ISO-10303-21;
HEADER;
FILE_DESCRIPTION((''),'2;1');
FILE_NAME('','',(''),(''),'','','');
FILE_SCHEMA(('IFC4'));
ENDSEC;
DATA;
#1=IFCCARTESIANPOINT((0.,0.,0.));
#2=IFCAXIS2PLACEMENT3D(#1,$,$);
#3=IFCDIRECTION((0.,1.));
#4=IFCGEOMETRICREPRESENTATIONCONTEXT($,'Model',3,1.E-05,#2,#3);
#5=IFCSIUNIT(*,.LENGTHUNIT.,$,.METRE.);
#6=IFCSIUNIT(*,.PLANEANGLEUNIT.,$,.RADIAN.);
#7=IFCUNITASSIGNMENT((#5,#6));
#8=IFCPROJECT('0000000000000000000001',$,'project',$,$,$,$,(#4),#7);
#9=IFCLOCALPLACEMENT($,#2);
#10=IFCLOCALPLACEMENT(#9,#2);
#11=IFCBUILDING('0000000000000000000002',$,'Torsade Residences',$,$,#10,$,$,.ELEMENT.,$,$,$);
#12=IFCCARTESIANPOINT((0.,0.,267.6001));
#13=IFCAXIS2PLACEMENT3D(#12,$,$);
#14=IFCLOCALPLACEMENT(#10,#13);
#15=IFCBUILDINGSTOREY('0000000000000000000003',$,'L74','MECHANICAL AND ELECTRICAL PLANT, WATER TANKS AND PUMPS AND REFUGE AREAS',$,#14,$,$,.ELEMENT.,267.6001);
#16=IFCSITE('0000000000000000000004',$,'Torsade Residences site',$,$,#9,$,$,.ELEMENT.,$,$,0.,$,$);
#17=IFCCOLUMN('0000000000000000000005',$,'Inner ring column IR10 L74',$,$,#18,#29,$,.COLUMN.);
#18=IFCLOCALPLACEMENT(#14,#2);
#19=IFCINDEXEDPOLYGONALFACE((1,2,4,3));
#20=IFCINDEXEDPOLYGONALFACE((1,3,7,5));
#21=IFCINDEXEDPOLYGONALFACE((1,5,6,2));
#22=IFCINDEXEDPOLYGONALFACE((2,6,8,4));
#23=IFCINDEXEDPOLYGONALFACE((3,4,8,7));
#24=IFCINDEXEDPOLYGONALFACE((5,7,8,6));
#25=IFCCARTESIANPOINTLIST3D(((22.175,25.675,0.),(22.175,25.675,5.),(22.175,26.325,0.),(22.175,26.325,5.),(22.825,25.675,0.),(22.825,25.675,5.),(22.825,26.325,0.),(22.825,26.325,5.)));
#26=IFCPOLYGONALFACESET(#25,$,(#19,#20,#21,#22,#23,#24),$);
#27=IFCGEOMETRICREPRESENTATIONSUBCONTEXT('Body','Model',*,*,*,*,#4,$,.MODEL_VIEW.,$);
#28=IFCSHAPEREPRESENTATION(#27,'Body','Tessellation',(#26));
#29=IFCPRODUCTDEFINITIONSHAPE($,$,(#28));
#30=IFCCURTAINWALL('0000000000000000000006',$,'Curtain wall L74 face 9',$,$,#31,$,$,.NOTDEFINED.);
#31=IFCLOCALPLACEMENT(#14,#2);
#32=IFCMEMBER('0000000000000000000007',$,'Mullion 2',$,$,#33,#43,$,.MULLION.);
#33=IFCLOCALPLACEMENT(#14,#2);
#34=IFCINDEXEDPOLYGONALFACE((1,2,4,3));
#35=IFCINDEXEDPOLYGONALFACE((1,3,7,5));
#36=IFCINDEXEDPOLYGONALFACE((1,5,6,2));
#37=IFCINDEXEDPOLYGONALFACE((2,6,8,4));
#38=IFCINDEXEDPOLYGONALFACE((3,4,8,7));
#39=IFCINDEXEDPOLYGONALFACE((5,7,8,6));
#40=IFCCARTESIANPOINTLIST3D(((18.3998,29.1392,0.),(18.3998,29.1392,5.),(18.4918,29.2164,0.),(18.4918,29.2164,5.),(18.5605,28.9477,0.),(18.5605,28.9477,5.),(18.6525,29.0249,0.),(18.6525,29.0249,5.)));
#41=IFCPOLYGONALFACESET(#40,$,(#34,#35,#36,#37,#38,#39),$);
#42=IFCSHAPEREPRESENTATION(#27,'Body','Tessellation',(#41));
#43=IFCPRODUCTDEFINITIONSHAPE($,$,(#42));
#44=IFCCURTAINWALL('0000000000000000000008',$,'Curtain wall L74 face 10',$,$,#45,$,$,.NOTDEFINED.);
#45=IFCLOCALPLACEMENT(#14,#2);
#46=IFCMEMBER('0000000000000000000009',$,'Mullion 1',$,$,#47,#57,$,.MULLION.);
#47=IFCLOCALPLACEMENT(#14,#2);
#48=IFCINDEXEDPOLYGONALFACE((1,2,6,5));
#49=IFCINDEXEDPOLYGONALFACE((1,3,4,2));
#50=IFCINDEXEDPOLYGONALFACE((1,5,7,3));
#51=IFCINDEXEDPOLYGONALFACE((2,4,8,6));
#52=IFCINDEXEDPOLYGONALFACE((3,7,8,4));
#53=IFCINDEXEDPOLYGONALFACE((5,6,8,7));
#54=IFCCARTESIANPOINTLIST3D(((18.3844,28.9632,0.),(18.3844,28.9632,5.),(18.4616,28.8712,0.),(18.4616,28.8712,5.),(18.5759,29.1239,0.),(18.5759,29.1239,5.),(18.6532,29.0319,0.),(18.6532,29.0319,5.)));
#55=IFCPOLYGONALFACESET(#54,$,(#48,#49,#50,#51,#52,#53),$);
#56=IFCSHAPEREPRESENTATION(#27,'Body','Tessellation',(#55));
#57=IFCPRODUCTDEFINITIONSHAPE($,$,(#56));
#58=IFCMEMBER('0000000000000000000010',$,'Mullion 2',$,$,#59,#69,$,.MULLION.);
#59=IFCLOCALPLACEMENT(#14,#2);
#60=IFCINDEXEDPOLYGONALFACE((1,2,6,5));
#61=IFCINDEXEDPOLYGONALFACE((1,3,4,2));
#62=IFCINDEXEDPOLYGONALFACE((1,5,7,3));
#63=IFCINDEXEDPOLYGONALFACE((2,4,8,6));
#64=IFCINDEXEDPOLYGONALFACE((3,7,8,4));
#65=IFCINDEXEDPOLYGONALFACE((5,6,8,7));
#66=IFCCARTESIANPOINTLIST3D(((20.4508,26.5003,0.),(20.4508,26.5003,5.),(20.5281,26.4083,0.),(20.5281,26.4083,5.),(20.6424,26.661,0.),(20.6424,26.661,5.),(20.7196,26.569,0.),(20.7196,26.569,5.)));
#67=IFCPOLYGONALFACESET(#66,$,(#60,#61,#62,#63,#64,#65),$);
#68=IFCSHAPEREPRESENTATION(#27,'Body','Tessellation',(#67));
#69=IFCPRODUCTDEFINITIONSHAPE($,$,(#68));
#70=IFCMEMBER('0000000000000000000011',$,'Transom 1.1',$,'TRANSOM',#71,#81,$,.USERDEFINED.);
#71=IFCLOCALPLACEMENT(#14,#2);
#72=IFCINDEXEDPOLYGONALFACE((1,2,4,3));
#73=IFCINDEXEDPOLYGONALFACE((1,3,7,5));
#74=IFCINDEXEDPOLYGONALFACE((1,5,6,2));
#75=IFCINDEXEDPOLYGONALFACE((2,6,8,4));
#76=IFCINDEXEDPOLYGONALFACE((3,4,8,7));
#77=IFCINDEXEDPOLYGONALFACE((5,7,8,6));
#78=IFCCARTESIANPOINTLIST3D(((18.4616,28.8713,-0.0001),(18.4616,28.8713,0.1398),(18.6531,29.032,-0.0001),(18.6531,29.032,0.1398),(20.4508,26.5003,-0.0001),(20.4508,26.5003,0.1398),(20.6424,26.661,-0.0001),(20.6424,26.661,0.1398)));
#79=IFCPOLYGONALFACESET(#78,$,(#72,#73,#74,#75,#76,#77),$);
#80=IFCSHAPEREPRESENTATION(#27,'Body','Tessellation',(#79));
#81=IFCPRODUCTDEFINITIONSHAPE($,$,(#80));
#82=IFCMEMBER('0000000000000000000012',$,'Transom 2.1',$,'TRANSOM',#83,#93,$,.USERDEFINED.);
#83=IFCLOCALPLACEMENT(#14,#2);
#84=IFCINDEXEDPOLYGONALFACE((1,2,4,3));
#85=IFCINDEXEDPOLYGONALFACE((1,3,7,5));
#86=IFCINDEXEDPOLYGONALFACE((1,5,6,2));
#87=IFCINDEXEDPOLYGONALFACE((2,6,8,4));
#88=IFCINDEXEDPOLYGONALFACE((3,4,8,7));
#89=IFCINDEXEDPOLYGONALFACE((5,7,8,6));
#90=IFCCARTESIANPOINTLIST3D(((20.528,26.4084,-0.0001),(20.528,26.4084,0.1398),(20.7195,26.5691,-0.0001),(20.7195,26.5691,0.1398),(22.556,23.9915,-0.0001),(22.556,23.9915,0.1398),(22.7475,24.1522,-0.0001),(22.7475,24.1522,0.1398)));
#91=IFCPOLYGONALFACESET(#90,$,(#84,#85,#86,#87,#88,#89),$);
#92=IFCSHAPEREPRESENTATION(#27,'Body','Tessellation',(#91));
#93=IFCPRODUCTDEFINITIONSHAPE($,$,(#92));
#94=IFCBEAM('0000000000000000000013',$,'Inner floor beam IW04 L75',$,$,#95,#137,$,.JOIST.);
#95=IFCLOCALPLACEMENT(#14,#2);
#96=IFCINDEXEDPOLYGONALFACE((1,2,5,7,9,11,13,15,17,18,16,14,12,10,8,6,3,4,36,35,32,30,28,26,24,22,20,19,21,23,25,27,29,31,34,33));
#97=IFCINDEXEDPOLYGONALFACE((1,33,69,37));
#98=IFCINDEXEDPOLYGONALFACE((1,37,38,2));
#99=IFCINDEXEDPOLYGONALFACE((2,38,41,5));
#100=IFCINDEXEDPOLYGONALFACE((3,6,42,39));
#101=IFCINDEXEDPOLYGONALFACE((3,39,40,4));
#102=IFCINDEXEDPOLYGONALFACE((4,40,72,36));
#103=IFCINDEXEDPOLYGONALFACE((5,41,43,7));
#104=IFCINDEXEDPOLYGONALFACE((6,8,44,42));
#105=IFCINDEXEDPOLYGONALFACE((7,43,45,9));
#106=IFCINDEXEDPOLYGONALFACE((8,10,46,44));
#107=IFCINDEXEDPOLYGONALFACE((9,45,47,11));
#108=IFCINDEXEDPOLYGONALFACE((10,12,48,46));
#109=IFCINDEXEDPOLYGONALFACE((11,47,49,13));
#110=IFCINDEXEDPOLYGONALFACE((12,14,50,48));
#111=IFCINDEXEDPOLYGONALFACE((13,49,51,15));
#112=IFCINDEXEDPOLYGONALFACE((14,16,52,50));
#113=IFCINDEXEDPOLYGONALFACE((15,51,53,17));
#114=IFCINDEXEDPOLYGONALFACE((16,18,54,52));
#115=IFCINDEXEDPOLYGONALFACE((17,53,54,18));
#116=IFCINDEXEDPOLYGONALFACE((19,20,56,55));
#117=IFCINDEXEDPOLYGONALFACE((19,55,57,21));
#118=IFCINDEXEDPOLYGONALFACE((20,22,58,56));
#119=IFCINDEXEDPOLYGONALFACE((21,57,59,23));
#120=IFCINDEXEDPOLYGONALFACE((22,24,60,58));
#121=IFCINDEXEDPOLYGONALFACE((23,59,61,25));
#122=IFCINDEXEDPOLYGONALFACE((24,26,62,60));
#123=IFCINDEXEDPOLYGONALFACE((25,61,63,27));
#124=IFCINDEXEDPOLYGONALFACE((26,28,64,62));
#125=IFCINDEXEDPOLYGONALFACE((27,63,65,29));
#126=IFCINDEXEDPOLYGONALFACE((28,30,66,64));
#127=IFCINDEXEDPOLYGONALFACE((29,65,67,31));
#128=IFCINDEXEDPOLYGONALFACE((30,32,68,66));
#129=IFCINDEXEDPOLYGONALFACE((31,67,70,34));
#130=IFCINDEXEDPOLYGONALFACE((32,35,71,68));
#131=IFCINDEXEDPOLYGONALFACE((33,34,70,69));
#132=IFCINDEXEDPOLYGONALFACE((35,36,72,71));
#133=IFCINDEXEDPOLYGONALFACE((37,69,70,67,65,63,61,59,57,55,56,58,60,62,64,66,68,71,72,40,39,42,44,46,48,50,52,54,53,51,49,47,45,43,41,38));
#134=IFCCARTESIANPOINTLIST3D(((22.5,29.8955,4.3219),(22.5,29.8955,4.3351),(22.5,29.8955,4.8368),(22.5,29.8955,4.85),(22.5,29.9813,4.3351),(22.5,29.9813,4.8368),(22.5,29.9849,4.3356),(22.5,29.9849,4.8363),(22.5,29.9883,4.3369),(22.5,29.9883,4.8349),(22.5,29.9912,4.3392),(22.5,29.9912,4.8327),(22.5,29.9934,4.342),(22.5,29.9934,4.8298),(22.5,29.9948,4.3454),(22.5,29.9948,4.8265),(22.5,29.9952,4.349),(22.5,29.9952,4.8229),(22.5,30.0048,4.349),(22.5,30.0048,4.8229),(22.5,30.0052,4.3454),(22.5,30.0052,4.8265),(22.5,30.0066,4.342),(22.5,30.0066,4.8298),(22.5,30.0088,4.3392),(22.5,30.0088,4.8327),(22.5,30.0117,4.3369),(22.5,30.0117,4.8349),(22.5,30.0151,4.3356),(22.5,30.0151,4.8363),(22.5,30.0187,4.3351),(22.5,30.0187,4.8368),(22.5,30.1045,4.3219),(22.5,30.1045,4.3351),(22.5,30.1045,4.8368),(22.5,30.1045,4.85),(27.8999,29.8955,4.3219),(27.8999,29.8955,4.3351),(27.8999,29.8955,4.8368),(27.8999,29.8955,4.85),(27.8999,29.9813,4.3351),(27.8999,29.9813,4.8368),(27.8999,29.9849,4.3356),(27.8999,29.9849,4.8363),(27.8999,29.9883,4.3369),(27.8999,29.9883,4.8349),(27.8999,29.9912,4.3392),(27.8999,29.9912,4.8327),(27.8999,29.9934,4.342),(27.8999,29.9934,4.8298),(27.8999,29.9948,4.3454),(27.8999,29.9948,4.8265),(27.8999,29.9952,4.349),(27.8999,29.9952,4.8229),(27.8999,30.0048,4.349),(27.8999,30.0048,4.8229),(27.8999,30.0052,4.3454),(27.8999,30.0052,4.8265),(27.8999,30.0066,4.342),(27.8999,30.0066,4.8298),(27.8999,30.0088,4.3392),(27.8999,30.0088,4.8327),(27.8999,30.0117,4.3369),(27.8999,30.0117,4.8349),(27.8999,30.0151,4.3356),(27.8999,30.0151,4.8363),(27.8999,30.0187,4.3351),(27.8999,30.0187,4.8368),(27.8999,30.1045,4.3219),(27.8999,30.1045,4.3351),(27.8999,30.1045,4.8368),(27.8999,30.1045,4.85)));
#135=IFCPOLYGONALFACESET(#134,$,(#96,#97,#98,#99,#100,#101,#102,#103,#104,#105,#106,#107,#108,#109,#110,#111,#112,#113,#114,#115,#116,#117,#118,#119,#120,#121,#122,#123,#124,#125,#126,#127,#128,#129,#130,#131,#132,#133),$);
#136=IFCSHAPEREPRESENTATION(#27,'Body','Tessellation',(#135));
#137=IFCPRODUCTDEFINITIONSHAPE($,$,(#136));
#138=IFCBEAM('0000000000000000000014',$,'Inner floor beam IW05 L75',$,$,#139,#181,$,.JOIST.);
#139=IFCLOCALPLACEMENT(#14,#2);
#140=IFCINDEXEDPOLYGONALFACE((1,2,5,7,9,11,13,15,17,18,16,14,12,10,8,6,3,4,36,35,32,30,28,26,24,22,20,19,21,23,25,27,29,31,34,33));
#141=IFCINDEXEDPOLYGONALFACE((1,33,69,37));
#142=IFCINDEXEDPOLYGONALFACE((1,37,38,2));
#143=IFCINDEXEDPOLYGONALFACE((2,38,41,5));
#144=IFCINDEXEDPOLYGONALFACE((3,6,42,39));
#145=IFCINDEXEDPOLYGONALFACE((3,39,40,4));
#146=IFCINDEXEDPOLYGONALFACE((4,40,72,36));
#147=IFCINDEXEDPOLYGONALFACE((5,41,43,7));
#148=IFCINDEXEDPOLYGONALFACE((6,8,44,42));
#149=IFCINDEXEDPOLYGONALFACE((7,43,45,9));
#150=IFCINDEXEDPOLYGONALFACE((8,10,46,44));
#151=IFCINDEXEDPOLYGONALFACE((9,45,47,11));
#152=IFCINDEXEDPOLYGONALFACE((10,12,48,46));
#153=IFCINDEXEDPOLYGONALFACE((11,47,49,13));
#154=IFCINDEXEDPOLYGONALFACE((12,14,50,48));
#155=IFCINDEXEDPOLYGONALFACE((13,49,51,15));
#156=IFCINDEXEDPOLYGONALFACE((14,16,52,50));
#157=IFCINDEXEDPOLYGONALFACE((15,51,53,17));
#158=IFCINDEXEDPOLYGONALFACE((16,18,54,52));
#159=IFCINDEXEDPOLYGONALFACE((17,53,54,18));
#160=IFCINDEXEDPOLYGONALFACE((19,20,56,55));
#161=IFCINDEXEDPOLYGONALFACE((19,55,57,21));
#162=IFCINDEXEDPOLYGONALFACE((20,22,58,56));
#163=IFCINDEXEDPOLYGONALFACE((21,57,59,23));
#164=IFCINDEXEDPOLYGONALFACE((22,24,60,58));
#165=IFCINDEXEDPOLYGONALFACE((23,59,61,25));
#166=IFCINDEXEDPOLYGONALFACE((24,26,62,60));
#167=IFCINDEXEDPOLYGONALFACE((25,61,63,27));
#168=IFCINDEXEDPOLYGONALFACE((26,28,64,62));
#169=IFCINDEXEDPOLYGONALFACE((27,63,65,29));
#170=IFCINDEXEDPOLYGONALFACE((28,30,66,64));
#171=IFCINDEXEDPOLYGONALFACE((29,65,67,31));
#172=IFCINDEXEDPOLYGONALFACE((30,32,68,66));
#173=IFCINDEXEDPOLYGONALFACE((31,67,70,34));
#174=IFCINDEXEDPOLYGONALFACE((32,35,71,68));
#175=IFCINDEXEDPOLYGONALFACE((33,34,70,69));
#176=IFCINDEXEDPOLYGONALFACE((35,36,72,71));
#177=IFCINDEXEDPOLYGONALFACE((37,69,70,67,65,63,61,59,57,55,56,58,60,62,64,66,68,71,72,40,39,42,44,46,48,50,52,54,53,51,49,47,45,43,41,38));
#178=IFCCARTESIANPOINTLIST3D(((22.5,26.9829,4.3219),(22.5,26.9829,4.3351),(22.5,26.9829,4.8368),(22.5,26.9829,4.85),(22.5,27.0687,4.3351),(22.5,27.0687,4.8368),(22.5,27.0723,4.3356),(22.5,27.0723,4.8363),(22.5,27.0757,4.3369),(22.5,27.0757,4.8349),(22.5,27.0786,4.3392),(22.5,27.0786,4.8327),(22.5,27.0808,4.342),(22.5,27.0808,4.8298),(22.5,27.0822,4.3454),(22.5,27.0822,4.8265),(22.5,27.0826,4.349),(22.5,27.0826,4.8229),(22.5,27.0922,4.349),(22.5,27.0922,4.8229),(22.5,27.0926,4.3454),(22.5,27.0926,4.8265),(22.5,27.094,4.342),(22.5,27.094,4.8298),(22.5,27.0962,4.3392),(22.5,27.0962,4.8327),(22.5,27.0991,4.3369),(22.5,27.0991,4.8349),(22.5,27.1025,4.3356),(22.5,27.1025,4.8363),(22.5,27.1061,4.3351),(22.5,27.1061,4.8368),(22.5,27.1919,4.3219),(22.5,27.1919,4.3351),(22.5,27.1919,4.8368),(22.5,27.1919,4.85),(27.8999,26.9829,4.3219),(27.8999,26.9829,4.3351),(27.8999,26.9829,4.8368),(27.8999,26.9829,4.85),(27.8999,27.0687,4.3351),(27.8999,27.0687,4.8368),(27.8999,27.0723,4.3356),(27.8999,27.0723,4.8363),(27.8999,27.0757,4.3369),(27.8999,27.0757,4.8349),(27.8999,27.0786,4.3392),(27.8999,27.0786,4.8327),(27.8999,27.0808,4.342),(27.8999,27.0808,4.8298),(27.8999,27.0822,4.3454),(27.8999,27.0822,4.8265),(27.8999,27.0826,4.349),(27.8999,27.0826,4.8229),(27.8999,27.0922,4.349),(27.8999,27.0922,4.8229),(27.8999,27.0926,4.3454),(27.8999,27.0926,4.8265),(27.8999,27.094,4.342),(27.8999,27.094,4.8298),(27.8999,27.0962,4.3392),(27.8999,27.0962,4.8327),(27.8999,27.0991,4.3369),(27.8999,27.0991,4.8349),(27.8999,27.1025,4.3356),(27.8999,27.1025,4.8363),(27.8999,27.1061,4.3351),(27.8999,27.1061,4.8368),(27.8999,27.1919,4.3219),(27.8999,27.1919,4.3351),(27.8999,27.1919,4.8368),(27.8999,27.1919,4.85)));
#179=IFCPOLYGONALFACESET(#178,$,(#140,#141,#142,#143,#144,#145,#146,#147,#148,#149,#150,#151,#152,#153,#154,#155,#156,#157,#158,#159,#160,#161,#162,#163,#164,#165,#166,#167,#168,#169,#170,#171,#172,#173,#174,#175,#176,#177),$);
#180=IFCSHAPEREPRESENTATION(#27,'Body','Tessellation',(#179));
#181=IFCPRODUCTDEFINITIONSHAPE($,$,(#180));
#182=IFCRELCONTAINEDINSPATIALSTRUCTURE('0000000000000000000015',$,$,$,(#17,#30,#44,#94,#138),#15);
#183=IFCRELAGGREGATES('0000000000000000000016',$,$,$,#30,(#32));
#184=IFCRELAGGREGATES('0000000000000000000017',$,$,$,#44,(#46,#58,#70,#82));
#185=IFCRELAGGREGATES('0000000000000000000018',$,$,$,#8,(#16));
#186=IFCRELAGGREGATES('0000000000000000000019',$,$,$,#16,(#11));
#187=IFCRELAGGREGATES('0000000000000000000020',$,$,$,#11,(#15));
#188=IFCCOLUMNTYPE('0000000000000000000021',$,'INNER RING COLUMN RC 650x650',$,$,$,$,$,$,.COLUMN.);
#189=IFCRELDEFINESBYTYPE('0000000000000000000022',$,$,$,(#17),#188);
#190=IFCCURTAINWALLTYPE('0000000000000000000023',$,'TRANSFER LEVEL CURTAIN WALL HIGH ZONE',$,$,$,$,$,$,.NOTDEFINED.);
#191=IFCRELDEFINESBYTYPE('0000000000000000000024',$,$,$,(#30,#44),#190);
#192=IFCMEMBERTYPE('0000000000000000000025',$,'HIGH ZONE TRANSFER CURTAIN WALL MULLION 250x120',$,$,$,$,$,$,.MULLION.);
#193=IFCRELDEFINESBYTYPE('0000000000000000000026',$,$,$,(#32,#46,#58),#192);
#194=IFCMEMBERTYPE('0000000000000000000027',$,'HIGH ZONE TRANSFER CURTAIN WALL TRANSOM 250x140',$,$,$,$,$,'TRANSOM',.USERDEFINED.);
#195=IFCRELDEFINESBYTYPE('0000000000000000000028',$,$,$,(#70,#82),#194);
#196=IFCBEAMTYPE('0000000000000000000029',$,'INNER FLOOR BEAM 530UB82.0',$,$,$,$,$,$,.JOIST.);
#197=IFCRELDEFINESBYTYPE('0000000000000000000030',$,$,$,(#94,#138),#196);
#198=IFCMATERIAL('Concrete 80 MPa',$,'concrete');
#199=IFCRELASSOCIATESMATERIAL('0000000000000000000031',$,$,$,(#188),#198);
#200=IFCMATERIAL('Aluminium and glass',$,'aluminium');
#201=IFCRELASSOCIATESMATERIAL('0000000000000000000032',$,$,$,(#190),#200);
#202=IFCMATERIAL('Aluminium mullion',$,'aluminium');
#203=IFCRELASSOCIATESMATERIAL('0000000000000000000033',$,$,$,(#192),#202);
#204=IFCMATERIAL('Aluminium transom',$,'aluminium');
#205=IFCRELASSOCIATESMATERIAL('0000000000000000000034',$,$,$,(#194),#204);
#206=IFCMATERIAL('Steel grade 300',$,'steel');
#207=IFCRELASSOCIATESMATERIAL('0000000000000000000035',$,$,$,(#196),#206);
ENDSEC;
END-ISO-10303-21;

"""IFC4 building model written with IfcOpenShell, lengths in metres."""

from ifc_helpers import new_model, si_unit, direction, frame, origin, origin_2d, place, context, subcontext, project, spatial, rectangle, i_section, extrude, material, material_profile, profile_set, type_object, element, aggregate, save


model = new_model("IFC4")

# Units and contexts
model_context = context("Model", 3, precision=1e-05, world=origin(), true_north=direction((0.0, 1.0)))
body_context = subcontext(model_context, "Body", "Model", "MODEL_VIEW")
ifc_project = project(units=[si_unit("LENGTHUNIT", "METRE"), si_unit("PLANEANGLEUNIT", "RADIAN")], contexts=[model_context])

# Site, building, storey
site_placement = place(None, origin())
site = spatial("IfcSite", under=ifc_project, at=site_placement, Name="Torsade Residences site", CompositionType="ELEMENT", RefElevation=0.0)
building_placement = place(site_placement, origin())
building = spatial("IfcBuilding", under=site, at=building_placement, Name="Torsade Residences", CompositionType="ELEMENT")
storey_placement = place(building_placement, frame((0.0, 0.0, 267.6001)))
storey = spatial("IfcBuildingStorey", under=building, at=storey_placement, Name="L74", Description="MECHANICAL AND ELECTRICAL PLANT, WATER TANKS AND PUMPS AND REFUGE AREAS", CompositionType="ELEMENT", Elevation=267.6001)

# Column
ifc_material_1 = material(Name="Concrete 80 MPa", Category="concrete")
ifc_material_profile_1 = material_profile(ifc_material_1, rectangle(XDim=0.6499, YDim=0.6499, at=origin_2d()), Name="RC 650x650")
ifc_profile_set_1 = profile_set([ifc_material_profile_1], Name="Concrete 80 MPa")
column_type = type_object("IfcColumnType", Name="INNER RING COLUMN RC 650x650", PredefinedType="COLUMN", material=ifc_profile_set_1)
column_placement = place(storey_placement, frame((22.5, 26.0, 0.0), z_axis=(0.0, 0.0, 1.0), x_axis=(1.0, 0.0, 0.0)))
element("IfcColumn", 1, at=column_placement, inside=storey, type_object=column_type, Name="Inner ring column IR10 L74", PredefinedType="COLUMN", context=body_context, shape_type="SweptSolid", body=[
    extrude(rectangle(XDim=0.6499, YDim=0.6499, at=origin_2d()), origin(), (0.0, 0.0, 1.0), 5.0),
])

# Curtain wall, member
ifc_material_2 = material(Name="Aluminium and glass", Category="aluminium")
curtain_wall_type = type_object("IfcCurtainWallType", Name="TRANSFER LEVEL CURTAIN WALL HIGH ZONE", PredefinedType="NOTDEFINED", material=ifc_material_2)
curtain_wall_1_placement = place(storey_placement, origin())
curtain_wall_1 = element("IfcCurtainWall", 2, at=curtain_wall_1_placement, inside=storey, type_object=curtain_wall_type, Name="Curtain wall L74 face 9", PredefinedType="NOTDEFINED")
ifc_material_3 = material(Name="Aluminium mullion", Category="aluminium")
ifc_material_profile_2 = material_profile(ifc_material_3, rectangle(XDim=0.25, YDim=0.1201, at=origin_2d()), Name="HIGH ZONE TRANSFER CURTAIN WALL MULLION 250x120")
ifc_profile_set_2 = profile_set([ifc_material_profile_2], Name="Aluminium mullion")
member_type_1 = type_object("IfcMemberType", Name="HIGH ZONE TRANSFER CURTAIN WALL MULLION 250x120", PredefinedType="MULLION", material=ifc_profile_set_2)
member_1_placement = place(storey_placement, frame((18.5261, 29.082, 0.0), z_axis=(0.0, 0.0, 1.0), x_axis=(0.642788, -0.766044, 0.0)))
member_1 = element("IfcMember", 3, at=member_1_placement, type_object=member_type_1, Name="Mullion 2", PredefinedType="MULLION", context=body_context, shape_type="SweptSolid", body=[
    extrude(rectangle(XDim=0.25, YDim=0.1201, at=origin_2d()), origin(), (0.0, 0.0, 1.0), 5.0),
])
aggregate(curtain_wall_1, [member_1])

# Curtain wall, members
curtain_wall_2_placement = place(storey_placement, origin())
curtain_wall_2 = element("IfcCurtainWall", 4, at=curtain_wall_2_placement, inside=storey, type_object=curtain_wall_type, Name="Curtain wall L74 face 10", PredefinedType="NOTDEFINED")
member_2_placement = place(storey_placement, frame((18.5188, 28.9976, 0.0), z_axis=(0.0, 0.0, 1.0), x_axis=(0.766044, 0.642788, 0.0)))
member_2 = element("IfcMember", 5, at=member_2_placement, type_object=member_type_1, Name="Mullion 1", PredefinedType="MULLION", context=body_context, shape_type="SweptSolid", body=[
    extrude(rectangle(XDim=0.25, YDim=0.1201, at=origin_2d()), origin(), (0.0, 0.0, 1.0), 5.0),
])
member_3_placement = place(storey_placement, frame((20.5852, 26.5347, 0.0), z_axis=(0.0, 0.0, 1.0), x_axis=(0.766044, 0.642788, 0.0)))
member_3 = element("IfcMember", 6, at=member_3_placement, type_object=member_type_1, Name="Mullion 2", PredefinedType="MULLION", context=body_context, shape_type="SweptSolid", body=[
    extrude(rectangle(XDim=0.25, YDim=0.1201, at=origin_2d()), origin(), (0.0, 0.0, 1.0), 5.0),
])
ifc_material_4 = material(Name="Aluminium transom", Category="aluminium")
ifc_material_profile_3 = material_profile(ifc_material_4, rectangle(XDim=0.25, YDim=0.1399, at=origin_2d()), Name="HIGH ZONE TRANSFER CURTAIN WALL TRANSOM 250x140")
ifc_profile_set_3 = profile_set([ifc_material_profile_3], Name="Aluminium transom")
member_type_2 = type_object("IfcMemberType", Name="HIGH ZONE TRANSFER CURTAIN WALL TRANSOM 250x140", ElementType="TRANSOM", PredefinedType="USERDEFINED", material=ifc_profile_set_3)
member_4_placement = place(storey_placement, frame((18.5574, 28.9517, 0.0698), z_axis=(0.642726, -0.766096, 0.0), x_axis=(0.766096, 0.642726, 0.0)))
member_4 = element("IfcMember", 7, at=member_4_placement, type_object=member_type_2, Name="Transom 1.1", ObjectType="TRANSOM", PredefinedType="USERDEFINED", context=body_context, shape_type="SweptSolid", body=[
    extrude(rectangle(XDim=0.25, YDim=0.1399, at=origin_2d()), origin(), (0.0, 0.0, 1.0), 3.095),
])
member_5_placement = place(storey_placement, frame((20.6238, 26.4888, 0.0698), z_axis=(0.642784, -0.766048, 0.0), x_axis=(0.766048, 0.642784, 0.0)))
member_5 = element("IfcMember", 8, at=member_5_placement, type_object=member_type_2, Name="Transom 2.1", ObjectType="TRANSOM", PredefinedType="USERDEFINED", context=body_context, shape_type="SweptSolid", body=[
    extrude(rectangle(XDim=0.25, YDim=0.1399, at=origin_2d()), origin(), (0.0, 0.0, 1.0), 3.155),
])

# Beams
ifc_material_5 = material(Name="Steel grade 300", Category="steel")
ifc_material_profile_4 = material_profile(ifc_material_5, i_section(OverallWidth=0.209, OverallDepth=0.5281, WebThickness=0.0095, FlangeThickness=0.0132, FilletRadius=0.0139, at=origin_2d()), Name="530UB82.0")
ifc_profile_set_4 = profile_set([ifc_material_profile_4], Name="Steel grade 300")
beam_type_1 = type_object("IfcBeamType", Name="INNER FLOOR BEAM 530UB82.0", PredefinedType="JOIST", material=ifc_profile_set_4)
for number, where, z_axis, x_axis, name in (
    (9, (27.8999, 30.0, 4.5859), (-1.0, 0.0, 0.0), (0.0, -1.0, 0.0), "Inner floor beam IW04 L75"),
    (10, (27.8999, 27.0874, 4.5859), (-1.0, 0.0, 0.0), (0.0, -1.0, 0.0), "Inner floor beam IW05 L75"),
):
    element("IfcBeam", number, at=place(storey_placement, frame(where, z_axis=z_axis, x_axis=x_axis)), inside=storey, type_object=beam_type_1, Name=name, PredefinedType="JOIST", context=body_context, shape_type="SweptSolid", body=[
        extrude(i_section(OverallWidth=0.209, OverallDepth=0.5281, WebThickness=0.0095, FlangeThickness=0.0132, FilletRadius=0.0139, at=origin_2d()), origin(), (0.0, 0.0, 1.0), 5.3999),
    ])

aggregate(curtain_wall_2, [member_2, member_3, member_4, member_5])

save(model, "model.ifc")
